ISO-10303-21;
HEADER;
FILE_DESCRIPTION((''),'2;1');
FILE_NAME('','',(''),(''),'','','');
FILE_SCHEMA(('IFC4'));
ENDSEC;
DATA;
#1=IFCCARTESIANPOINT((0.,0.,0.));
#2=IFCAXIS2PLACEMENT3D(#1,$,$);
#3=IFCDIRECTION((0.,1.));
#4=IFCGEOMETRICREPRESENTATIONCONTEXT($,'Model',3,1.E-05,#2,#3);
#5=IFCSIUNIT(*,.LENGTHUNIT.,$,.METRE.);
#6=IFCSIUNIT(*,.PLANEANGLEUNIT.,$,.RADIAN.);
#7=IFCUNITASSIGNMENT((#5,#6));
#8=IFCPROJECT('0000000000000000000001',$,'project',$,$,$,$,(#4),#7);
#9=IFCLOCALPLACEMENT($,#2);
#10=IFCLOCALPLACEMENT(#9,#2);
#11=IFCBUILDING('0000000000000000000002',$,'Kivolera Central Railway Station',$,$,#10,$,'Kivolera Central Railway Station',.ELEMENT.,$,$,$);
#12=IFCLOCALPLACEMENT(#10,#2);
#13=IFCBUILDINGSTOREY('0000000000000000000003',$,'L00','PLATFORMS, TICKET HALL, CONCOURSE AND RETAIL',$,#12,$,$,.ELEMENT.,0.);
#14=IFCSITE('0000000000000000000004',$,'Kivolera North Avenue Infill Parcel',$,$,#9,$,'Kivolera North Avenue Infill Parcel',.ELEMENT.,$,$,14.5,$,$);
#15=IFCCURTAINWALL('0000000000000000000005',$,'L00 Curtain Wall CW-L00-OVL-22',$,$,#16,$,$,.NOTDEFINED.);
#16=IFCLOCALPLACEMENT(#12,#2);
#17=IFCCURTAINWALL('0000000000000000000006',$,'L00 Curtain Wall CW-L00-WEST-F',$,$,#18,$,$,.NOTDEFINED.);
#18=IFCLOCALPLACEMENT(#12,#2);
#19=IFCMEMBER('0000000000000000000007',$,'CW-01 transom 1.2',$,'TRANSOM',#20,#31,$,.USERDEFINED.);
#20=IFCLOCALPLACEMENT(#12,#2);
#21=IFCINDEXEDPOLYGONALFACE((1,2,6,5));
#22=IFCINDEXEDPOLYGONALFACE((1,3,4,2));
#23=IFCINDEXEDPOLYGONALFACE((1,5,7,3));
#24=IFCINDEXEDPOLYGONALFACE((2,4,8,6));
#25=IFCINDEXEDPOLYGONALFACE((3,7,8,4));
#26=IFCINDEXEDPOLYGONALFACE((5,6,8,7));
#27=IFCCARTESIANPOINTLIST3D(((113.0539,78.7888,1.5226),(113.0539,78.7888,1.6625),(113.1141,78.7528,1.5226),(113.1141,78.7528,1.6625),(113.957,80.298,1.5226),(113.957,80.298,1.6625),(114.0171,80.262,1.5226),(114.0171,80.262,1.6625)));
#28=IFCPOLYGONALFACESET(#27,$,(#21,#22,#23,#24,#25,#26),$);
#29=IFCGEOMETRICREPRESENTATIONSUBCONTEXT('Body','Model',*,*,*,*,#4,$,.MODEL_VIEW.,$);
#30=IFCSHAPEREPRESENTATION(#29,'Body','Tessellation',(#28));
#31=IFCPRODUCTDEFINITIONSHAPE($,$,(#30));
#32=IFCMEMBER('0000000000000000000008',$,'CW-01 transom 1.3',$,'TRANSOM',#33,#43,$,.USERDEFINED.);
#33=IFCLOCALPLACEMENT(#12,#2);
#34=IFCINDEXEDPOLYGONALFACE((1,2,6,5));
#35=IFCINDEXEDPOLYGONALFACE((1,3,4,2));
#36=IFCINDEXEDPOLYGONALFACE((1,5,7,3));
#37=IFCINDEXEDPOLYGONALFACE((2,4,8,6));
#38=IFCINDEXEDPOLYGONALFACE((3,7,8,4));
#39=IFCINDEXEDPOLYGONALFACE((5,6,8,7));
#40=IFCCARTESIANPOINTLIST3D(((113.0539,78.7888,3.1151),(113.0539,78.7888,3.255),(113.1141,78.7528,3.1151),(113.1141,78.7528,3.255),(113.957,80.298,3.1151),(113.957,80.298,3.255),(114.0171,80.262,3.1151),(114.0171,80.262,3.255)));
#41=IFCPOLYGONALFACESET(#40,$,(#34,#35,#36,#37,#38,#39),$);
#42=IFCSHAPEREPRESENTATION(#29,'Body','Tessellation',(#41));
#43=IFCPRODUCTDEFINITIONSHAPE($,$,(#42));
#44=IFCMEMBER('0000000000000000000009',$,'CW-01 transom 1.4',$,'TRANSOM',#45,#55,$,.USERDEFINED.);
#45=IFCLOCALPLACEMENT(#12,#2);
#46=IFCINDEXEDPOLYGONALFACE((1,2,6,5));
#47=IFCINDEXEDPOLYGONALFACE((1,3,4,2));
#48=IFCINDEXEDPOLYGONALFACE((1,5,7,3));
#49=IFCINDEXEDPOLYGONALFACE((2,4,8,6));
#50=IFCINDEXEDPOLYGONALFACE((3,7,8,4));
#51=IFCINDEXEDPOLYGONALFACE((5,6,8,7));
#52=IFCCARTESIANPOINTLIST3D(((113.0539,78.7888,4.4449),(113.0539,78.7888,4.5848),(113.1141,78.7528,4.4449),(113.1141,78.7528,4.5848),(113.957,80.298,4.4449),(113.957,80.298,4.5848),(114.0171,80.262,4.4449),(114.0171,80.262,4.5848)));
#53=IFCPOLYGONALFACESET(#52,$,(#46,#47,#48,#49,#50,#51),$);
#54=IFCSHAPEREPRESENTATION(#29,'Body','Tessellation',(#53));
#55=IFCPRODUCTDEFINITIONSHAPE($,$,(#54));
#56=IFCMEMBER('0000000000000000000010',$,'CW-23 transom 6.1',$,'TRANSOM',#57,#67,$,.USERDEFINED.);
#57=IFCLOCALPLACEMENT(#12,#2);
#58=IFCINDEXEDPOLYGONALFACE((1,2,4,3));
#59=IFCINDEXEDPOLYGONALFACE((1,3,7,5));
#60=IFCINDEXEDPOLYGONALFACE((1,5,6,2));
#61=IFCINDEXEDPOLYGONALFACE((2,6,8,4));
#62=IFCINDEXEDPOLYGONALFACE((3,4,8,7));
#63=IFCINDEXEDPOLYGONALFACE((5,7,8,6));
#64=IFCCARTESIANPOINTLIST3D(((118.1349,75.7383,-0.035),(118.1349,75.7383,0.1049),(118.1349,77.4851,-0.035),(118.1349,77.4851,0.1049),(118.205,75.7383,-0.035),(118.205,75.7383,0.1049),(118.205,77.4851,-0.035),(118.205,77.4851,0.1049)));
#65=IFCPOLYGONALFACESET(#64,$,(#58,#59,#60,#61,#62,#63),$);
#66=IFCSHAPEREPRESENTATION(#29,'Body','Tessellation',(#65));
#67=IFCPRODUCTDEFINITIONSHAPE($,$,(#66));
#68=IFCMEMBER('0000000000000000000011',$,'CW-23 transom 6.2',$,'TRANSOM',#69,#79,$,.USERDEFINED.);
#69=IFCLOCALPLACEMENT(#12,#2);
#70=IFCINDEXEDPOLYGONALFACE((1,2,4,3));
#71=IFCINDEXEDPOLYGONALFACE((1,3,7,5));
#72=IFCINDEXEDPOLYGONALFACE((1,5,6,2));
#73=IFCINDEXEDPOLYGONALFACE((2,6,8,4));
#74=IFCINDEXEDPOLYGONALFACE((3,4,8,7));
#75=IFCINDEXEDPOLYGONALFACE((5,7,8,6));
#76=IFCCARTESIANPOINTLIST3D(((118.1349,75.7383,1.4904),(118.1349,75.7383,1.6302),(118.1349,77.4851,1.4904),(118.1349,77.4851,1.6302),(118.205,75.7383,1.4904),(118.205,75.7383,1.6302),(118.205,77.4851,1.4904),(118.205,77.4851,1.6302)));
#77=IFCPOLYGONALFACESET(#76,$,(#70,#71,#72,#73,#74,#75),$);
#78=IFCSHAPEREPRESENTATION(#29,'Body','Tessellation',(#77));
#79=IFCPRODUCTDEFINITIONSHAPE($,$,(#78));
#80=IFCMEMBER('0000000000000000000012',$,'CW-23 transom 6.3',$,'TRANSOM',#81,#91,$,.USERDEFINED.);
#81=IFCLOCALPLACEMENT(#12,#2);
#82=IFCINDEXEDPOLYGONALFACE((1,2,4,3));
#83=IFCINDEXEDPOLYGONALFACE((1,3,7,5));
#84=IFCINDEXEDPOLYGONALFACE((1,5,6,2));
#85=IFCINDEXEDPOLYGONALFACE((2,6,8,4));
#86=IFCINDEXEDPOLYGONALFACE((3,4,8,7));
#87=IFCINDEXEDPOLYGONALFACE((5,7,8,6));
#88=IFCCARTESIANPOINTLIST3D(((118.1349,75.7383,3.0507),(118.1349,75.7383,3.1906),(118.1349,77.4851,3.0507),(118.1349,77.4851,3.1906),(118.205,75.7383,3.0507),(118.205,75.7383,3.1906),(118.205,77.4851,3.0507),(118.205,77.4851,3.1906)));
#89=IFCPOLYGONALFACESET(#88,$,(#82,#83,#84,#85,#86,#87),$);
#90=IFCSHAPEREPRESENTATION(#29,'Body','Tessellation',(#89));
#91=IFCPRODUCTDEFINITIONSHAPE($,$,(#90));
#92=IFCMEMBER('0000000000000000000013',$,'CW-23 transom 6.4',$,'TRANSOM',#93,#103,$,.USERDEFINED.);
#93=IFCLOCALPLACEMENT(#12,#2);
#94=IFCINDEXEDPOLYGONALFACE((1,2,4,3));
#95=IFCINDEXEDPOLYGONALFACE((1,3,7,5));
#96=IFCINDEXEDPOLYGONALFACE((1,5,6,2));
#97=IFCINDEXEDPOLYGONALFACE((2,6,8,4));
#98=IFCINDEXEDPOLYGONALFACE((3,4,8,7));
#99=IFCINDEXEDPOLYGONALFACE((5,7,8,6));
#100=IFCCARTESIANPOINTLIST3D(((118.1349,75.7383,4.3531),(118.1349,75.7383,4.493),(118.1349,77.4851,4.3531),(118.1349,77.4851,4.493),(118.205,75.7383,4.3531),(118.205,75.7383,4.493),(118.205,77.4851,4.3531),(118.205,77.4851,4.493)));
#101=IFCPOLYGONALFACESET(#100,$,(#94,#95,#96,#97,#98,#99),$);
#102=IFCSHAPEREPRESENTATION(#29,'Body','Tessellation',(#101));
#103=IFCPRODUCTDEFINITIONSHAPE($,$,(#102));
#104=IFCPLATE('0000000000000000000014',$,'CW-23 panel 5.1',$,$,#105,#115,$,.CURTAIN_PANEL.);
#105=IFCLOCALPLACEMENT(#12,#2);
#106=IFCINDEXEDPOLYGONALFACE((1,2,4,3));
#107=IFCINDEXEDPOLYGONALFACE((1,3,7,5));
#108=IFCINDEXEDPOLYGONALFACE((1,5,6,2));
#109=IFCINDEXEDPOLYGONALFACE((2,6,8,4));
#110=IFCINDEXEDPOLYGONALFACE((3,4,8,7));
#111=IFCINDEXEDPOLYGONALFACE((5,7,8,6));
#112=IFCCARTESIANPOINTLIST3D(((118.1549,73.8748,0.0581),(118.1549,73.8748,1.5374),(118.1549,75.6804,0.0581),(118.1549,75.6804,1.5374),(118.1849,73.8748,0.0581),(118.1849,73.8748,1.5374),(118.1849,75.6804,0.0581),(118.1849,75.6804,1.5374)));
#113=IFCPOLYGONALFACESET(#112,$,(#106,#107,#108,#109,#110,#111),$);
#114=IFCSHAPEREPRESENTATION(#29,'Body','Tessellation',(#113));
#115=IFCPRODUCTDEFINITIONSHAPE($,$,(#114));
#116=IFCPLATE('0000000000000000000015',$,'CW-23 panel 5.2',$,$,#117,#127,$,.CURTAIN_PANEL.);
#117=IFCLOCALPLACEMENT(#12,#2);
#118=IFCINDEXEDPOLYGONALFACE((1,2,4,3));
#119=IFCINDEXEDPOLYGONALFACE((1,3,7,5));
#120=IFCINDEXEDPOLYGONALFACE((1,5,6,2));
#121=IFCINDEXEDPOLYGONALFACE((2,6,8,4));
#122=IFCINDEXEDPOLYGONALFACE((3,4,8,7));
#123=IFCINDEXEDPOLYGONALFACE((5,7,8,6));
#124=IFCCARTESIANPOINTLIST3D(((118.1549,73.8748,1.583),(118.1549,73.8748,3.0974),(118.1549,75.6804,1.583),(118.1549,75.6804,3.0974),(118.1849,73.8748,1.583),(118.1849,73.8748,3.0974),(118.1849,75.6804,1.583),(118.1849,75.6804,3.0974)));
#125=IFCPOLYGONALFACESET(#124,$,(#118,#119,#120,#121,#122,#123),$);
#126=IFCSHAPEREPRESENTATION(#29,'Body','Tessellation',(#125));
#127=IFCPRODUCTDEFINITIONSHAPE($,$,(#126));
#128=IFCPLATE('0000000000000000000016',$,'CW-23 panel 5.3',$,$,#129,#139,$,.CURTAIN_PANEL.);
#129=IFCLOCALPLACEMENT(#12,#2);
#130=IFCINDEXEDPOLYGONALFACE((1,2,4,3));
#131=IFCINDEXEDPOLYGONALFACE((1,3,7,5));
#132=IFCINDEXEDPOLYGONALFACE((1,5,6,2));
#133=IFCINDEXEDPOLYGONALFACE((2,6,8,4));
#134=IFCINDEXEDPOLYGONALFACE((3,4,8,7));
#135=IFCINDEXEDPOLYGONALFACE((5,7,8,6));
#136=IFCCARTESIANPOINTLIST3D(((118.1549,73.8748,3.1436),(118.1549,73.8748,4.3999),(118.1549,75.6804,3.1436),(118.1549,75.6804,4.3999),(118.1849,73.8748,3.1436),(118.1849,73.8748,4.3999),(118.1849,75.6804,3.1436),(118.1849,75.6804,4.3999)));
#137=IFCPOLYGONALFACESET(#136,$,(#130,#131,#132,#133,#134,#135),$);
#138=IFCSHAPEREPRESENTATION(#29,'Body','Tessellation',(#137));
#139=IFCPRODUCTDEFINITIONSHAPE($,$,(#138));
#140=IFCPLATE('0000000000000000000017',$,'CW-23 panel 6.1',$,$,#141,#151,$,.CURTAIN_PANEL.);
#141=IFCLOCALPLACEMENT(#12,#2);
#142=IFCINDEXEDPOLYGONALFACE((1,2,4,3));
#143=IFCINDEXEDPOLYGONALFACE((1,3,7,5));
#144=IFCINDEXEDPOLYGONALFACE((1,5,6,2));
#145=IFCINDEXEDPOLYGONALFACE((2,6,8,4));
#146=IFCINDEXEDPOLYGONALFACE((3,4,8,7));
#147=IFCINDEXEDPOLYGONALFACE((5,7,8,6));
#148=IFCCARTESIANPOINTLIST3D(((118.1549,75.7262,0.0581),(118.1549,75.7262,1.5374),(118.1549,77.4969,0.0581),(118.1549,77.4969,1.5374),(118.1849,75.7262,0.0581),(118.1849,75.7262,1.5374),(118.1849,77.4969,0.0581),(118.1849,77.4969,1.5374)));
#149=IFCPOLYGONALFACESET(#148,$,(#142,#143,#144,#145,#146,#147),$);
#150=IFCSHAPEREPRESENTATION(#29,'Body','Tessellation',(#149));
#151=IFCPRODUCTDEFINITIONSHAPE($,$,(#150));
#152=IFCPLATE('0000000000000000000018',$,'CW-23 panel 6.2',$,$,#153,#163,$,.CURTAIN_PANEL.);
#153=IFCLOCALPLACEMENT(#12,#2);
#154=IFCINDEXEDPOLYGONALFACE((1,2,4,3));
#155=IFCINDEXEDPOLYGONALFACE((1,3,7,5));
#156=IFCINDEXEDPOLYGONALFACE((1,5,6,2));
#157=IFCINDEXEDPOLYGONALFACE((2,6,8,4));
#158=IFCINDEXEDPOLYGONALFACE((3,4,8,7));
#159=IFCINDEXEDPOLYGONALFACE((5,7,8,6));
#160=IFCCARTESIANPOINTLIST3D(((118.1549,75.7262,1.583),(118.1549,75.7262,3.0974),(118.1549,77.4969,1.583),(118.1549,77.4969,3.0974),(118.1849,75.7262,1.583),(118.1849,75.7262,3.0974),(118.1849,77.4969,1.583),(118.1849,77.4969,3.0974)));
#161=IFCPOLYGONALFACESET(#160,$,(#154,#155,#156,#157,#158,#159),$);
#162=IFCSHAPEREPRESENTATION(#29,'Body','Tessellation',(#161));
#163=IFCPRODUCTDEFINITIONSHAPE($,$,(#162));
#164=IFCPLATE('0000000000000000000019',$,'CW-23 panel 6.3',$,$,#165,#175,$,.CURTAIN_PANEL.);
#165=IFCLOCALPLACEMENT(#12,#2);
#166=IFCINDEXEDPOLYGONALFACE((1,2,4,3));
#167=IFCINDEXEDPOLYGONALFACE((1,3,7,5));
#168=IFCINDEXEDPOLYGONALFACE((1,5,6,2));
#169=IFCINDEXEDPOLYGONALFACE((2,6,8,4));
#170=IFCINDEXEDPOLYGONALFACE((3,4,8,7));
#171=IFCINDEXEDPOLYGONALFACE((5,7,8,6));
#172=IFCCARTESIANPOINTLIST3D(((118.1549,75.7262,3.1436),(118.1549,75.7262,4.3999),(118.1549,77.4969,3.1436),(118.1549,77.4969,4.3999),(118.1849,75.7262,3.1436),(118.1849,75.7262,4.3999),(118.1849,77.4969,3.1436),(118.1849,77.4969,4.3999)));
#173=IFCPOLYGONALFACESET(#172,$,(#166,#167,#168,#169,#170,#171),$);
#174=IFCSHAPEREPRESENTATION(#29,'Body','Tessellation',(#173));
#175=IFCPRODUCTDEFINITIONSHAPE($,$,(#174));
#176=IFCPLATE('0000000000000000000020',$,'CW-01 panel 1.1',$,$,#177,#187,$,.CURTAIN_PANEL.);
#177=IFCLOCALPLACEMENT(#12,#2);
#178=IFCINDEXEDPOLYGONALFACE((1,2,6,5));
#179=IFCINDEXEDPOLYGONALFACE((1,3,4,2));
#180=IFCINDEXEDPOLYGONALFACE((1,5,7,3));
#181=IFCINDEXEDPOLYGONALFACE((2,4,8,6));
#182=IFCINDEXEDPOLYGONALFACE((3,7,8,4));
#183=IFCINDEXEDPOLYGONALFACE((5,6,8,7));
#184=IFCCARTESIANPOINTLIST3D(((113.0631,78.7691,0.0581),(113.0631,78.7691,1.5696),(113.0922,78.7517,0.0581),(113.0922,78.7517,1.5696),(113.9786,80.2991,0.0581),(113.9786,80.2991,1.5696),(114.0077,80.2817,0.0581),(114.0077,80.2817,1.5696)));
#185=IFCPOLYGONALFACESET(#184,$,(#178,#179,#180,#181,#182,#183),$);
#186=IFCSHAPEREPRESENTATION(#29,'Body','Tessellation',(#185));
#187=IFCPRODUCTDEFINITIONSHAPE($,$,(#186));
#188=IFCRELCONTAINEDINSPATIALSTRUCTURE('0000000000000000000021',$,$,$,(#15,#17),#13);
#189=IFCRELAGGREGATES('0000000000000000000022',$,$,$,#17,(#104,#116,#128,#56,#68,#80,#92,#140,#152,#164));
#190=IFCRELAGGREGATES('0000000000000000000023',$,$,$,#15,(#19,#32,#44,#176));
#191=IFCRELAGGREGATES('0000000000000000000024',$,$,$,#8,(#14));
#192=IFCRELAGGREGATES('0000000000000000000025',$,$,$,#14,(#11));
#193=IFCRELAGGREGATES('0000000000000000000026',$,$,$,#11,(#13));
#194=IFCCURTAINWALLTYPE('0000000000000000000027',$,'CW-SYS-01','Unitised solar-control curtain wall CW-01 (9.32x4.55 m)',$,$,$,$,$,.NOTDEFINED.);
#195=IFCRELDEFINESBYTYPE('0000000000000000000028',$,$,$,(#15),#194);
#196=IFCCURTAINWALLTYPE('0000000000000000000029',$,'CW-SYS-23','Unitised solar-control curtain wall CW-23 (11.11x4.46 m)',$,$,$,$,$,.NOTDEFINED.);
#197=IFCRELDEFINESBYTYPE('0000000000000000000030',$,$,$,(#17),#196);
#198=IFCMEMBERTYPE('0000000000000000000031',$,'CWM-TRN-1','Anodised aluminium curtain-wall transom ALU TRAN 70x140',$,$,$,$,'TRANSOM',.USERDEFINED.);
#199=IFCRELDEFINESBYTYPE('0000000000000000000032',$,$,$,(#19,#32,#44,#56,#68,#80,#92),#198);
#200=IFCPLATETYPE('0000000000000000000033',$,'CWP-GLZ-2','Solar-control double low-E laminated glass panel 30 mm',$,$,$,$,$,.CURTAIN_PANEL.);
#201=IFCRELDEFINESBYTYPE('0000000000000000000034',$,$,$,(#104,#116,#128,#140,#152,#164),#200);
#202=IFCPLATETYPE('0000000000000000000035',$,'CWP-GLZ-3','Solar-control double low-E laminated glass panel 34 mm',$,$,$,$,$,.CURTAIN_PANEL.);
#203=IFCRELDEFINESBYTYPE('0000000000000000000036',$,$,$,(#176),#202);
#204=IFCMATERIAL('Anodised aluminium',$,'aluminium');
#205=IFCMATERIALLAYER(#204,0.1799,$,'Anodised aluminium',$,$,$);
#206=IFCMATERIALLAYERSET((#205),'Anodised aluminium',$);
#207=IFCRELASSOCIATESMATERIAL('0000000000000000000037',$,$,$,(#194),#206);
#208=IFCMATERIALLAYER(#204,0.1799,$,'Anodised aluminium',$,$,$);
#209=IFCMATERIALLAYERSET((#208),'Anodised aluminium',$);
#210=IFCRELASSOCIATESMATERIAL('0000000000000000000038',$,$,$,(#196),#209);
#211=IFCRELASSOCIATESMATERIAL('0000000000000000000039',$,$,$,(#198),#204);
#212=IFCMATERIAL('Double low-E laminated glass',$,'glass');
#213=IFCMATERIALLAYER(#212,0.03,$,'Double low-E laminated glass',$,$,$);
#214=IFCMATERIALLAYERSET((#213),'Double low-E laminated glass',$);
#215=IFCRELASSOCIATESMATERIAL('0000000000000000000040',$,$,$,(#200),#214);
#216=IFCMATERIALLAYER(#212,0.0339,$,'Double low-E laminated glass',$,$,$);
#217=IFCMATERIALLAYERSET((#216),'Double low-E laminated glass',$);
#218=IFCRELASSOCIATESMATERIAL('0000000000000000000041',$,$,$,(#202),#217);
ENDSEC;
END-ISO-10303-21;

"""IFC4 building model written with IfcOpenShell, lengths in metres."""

from ifc_helpers import new_model, si_unit, direction, frame, origin, origin_2d, place, context, subcontext, project, spatial, rectangle, extrude, material, layer, layer_set, material_profile, profile_set, type_object, element, aggregate, save


model = new_model("IFC4")

# Units and contexts
model_context = context("Model", 3, precision=1e-05, world=origin(), true_north=direction((0.0, 1.0)))
body_context = subcontext(model_context, "Body", "Model", "MODEL_VIEW")
ifc_project = project(units=[si_unit("LENGTHUNIT", "METRE"), si_unit("PLANEANGLEUNIT", "RADIAN")], contexts=[model_context])

# Site, building, storey
site_placement = place(None, origin())
site = spatial("IfcSite", under=ifc_project, at=site_placement, Name="Kivolera North Avenue Infill Parcel", LongName="Kivolera North Avenue Infill Parcel", CompositionType="ELEMENT", RefElevation=14.5)
building_placement = place(site_placement, origin())
building = spatial("IfcBuilding", under=site, at=building_placement, Name="Kivolera Central Railway Station", LongName="Kivolera Central Railway Station", CompositionType="ELEMENT")
storey_placement = place(building_placement, origin())
storey = spatial("IfcBuildingStorey", under=building, at=storey_placement, Name="L00", Description="PLATFORMS, TICKET HALL, CONCOURSE AND RETAIL", CompositionType="ELEMENT", Elevation=0.0)

# Curtain wall
ifc_material_1 = material(Name="Anodised aluminium", Category="aluminium")
ifc_layer_1 = layer(ifc_material_1, 0.1799, Name="Anodised aluminium")
ifc_layer_set_1 = layer_set([ifc_layer_1], Name="Anodised aluminium")
curtain_wall_type_1 = type_object("IfcCurtainWallType", Name="CW-SYS-01", Description="Unitised solar-control curtain wall CW-01 (9.32x4.55 m)", PredefinedType="NOTDEFINED", material=ifc_layer_set_1)
curtain_wall_1_placement = place(storey_placement, origin())
curtain_wall_1 = element("IfcCurtainWall", 1, at=curtain_wall_1_placement, inside=storey, type_object=curtain_wall_type_1, Name="L00 Curtain Wall CW-L00-OVL-22", PredefinedType="NOTDEFINED")

# Curtain wall
ifc_layer_2 = layer(ifc_material_1, 0.1799, Name="Anodised aluminium")
ifc_layer_set_2 = layer_set([ifc_layer_2], Name="Anodised aluminium")
curtain_wall_type_2 = type_object("IfcCurtainWallType", Name="CW-SYS-23", Description="Unitised solar-control curtain wall CW-23 (11.11x4.46 m)", PredefinedType="NOTDEFINED", material=ifc_layer_set_2)
curtain_wall_2_placement = place(storey_placement, origin())
curtain_wall_2 = element("IfcCurtainWall", 2, at=curtain_wall_2_placement, inside=storey, type_object=curtain_wall_type_2, Name="L00 Curtain Wall CW-L00-WEST-F", PredefinedType="NOTDEFINED")

# Members
ifc_material_profile_1 = material_profile(ifc_material_1, rectangle(XDim=0.0701, YDim=0.1399, at=origin_2d()), Name="ALU TRAN 70x140")
ifc_profile_set_1 = profile_set([ifc_material_profile_1], Name="Anodised aluminium")
member_type_1 = type_object("IfcMemberType", Name="CWM-TRN-1", Description="Anodised aluminium curtain-wall transom ALU TRAN 70x140", ElementType="TRANSOM", PredefinedType="USERDEFINED", material=ifc_profile_set_1)
member_1_placement = place(storey_placement, frame((113.9871, 80.28, 1.5925), z_axis=(-0.513454, -0.858117, 0.0), x_axis=(0.858117, -0.513454, 0.0)))
member_1 = element("IfcMember", 3, at=member_1_placement, type_object=member_type_1, Name="CW-01 transom 1.2", ObjectType="TRANSOM", PredefinedType="USERDEFINED", context=body_context, shape_type="SweptSolid", body=[
    extrude(rectangle(XDim=0.0701, YDim=0.1399, at=origin_2d()), origin(), (0.0, 0.0, 1.0), 1.7588),
])
member_2_placement = place(storey_placement, frame((113.9871, 80.28, 3.1851), z_axis=(-0.513454, -0.858117, 0.0), x_axis=(0.858117, -0.513454, 0.0)))
member_2 = element("IfcMember", 4, at=member_2_placement, type_object=member_type_1, Name="CW-01 transom 1.3", ObjectType="TRANSOM", PredefinedType="USERDEFINED", context=body_context, shape_type="SweptSolid", body=[
    extrude(rectangle(XDim=0.0701, YDim=0.1399, at=origin_2d()), origin(), (0.0, 0.0, 1.0), 1.7588),
])
member_3_placement = place(storey_placement, frame((113.9871, 80.28, 4.5149), z_axis=(-0.513454, -0.858117, 0.0), x_axis=(0.858117, -0.513454, 0.0)))
member_3 = element("IfcMember", 5, at=member_3_placement, type_object=member_type_1, Name="CW-01 transom 1.4", ObjectType="TRANSOM", PredefinedType="USERDEFINED", context=body_context, shape_type="SweptSolid", body=[
    extrude(rectangle(XDim=0.0701, YDim=0.1399, at=origin_2d()), origin(), (0.0, 0.0, 1.0), 1.7588),
])
member_4_placement = place(storey_placement, frame((118.1699, 75.7383, 0.0349), z_axis=(0.0, 1.0, 0.0), x_axis=(-1.0, 0.0, 0.0)))
member_4 = element("IfcMember", 6, at=member_4_placement, type_object=member_type_1, Name="CW-23 transom 6.1", ObjectType="TRANSOM", PredefinedType="USERDEFINED", context=body_context, shape_type="SweptSolid", body=[
    extrude(rectangle(XDim=0.0701, YDim=0.1399, at=origin_2d()), origin(), (0.0, 0.0, 1.0), 1.7468),
])
member_5_placement = place(storey_placement, frame((118.1699, 75.7383, 1.5603), z_axis=(0.0, 1.0, 0.0), x_axis=(-1.0, 0.0, 0.0)))
member_5 = element("IfcMember", 7, at=member_5_placement, type_object=member_type_1, Name="CW-23 transom 6.2", ObjectType="TRANSOM", PredefinedType="USERDEFINED", context=body_context, shape_type="SweptSolid", body=[
    extrude(rectangle(XDim=0.0701, YDim=0.1399, at=origin_2d()), origin(), (0.0, 0.0, 1.0), 1.7468),
])
member_6_placement = place(storey_placement, frame((118.1699, 75.7383, 3.1206), z_axis=(0.0, 1.0, 0.0), x_axis=(-1.0, 0.0, 0.0)))
member_6 = element("IfcMember", 8, at=member_6_placement, type_object=member_type_1, Name="CW-23 transom 6.3", ObjectType="TRANSOM", PredefinedType="USERDEFINED", context=body_context, shape_type="SweptSolid", body=[
    extrude(rectangle(XDim=0.0701, YDim=0.1399, at=origin_2d()), origin(), (0.0, 0.0, 1.0), 1.7468),
])
member_7_placement = place(storey_placement, frame((118.1699, 75.7383, 4.4231), z_axis=(0.0, 1.0, 0.0), x_axis=(-1.0, 0.0, 0.0)))
member_7 = element("IfcMember", 9, at=member_7_placement, type_object=member_type_1, Name="CW-23 transom 6.4", ObjectType="TRANSOM", PredefinedType="USERDEFINED", context=body_context, shape_type="SweptSolid", body=[
    extrude(rectangle(XDim=0.0701, YDim=0.1399, at=origin_2d()), origin(), (0.0, 0.0, 1.0), 1.7468),
])

# Plates
ifc_material_2 = material(Name="Double low-E laminated glass", Category="glass")
ifc_layer_3 = layer(ifc_material_2, 0.03, Name="Double low-E laminated glass")
ifc_layer_set_3 = layer_set([ifc_layer_3], Name="Double low-E laminated glass")
plate_type_1 = type_object("IfcPlateType", Name="CWP-GLZ-2", Description="Solar-control double low-E laminated glass panel 30 mm", PredefinedType="CURTAIN_PANEL", material=ifc_layer_set_3)
plate_1_placement = place(storey_placement, frame((118.1699, 74.7776, 0.0581), z_axis=(0.0, 0.0, 1.0), x_axis=(0.0, 1.0, 0.0)))
plate_1 = element("IfcPlate", 10, at=plate_1_placement, type_object=plate_type_1, Name="CW-23 panel 5.1", PredefinedType="CURTAIN_PANEL", context=body_context, shape_type="SweptSolid", body=[
    extrude(rectangle(XDim=1.8057, YDim=0.03, at=origin_2d()), origin(), (0.0, 0.0, 1.0), 1.4792),
])
plate_2_placement = place(storey_placement, frame((118.1699, 74.7776, 1.583), z_axis=(0.0, 0.0, 1.0), x_axis=(0.0, 1.0, 0.0)))
plate_2 = element("IfcPlate", 11, at=plate_2_placement, type_object=plate_type_1, Name="CW-23 panel 5.2", PredefinedType="CURTAIN_PANEL", context=body_context, shape_type="SweptSolid", body=[
    extrude(rectangle(XDim=1.8057, YDim=0.03, at=origin_2d()), origin(), (0.0, 0.0, 1.0), 1.5144),
])
plate_3_placement = place(storey_placement, frame((118.1699, 74.7776, 3.1436), z_axis=(0.0, 0.0, 1.0), x_axis=(0.0, 1.0, 0.0)))
plate_3 = element("IfcPlate", 12, at=plate_3_placement, type_object=plate_type_1, Name="CW-23 panel 5.3", PredefinedType="CURTAIN_PANEL", context=body_context, shape_type="SweptSolid", body=[
    extrude(rectangle(XDim=1.8057, YDim=0.03, at=origin_2d()), origin(), (0.0, 0.0, 1.0), 1.2563),
])
plate_4_placement = place(storey_placement, frame((118.1699, 76.6116, 0.0581), z_axis=(0.0, 0.0, 1.0), x_axis=(0.0, 1.0, 0.0)))
plate_4 = element("IfcPlate", 13, at=plate_4_placement, type_object=plate_type_1, Name="CW-23 panel 6.1", PredefinedType="CURTAIN_PANEL", context=body_context, shape_type="SweptSolid", body=[
    extrude(rectangle(XDim=1.7708, YDim=0.03, at=origin_2d()), origin(), (0.0, 0.0, 1.0), 1.4792),
])
plate_5_placement = place(storey_placement, frame((118.1699, 76.6116, 1.583), z_axis=(0.0, 0.0, 1.0), x_axis=(0.0, 1.0, 0.0)))
plate_5 = element("IfcPlate", 14, at=plate_5_placement, type_object=plate_type_1, Name="CW-23 panel 6.2", PredefinedType="CURTAIN_PANEL", context=body_context, shape_type="SweptSolid", body=[
    extrude(rectangle(XDim=1.7708, YDim=0.03, at=origin_2d()), origin(), (0.0, 0.0, 1.0), 1.5144),
])
plate_6_placement = place(storey_placement, frame((118.1699, 76.6116, 3.1436), z_axis=(0.0, 0.0, 1.0), x_axis=(0.0, 1.0, 0.0)))
plate_6 = element("IfcPlate", 15, at=plate_6_placement, type_object=plate_type_1, Name="CW-23 panel 6.3", PredefinedType="CURTAIN_PANEL", context=body_context, shape_type="SweptSolid", body=[
    extrude(rectangle(XDim=1.7708, YDim=0.03, at=origin_2d()), origin(), (0.0, 0.0, 1.0), 1.2563),
])
aggregate(curtain_wall_2, [plate_1, plate_2, plate_3, member_4, member_5, member_6, member_7, plate_4, plate_5, plate_6])
ifc_layer_4 = layer(ifc_material_2, 0.0339, Name="Double low-E laminated glass")
ifc_layer_set_4 = layer_set([ifc_layer_4], Name="Double low-E laminated glass")
plate_type_2 = type_object("IfcPlateType", Name="CWP-GLZ-3", Description="Solar-control double low-E laminated glass panel 34 mm", PredefinedType="CURTAIN_PANEL", material=ifc_layer_set_4)
plate_7_placement = place(storey_placement, frame((113.5354, 79.5254, 0.0581), z_axis=(0.0, 0.0, 1.0), x_axis=(-0.513454, -0.858117, 0.0)))
plate_7 = element("IfcPlate", 16, at=plate_7_placement, type_object=plate_type_2, Name="CW-01 panel 1.1", PredefinedType="CURTAIN_PANEL", context=body_context, shape_type="SweptSolid", body=[
    extrude(rectangle(XDim=1.783, YDim=0.0339, at=origin_2d()), origin(), (0.0, 0.0, 1.0), 1.5115),
])
aggregate(curtain_wall_1, [member_1, member_2, member_3, plate_7])

save(model, "model.ifc")
